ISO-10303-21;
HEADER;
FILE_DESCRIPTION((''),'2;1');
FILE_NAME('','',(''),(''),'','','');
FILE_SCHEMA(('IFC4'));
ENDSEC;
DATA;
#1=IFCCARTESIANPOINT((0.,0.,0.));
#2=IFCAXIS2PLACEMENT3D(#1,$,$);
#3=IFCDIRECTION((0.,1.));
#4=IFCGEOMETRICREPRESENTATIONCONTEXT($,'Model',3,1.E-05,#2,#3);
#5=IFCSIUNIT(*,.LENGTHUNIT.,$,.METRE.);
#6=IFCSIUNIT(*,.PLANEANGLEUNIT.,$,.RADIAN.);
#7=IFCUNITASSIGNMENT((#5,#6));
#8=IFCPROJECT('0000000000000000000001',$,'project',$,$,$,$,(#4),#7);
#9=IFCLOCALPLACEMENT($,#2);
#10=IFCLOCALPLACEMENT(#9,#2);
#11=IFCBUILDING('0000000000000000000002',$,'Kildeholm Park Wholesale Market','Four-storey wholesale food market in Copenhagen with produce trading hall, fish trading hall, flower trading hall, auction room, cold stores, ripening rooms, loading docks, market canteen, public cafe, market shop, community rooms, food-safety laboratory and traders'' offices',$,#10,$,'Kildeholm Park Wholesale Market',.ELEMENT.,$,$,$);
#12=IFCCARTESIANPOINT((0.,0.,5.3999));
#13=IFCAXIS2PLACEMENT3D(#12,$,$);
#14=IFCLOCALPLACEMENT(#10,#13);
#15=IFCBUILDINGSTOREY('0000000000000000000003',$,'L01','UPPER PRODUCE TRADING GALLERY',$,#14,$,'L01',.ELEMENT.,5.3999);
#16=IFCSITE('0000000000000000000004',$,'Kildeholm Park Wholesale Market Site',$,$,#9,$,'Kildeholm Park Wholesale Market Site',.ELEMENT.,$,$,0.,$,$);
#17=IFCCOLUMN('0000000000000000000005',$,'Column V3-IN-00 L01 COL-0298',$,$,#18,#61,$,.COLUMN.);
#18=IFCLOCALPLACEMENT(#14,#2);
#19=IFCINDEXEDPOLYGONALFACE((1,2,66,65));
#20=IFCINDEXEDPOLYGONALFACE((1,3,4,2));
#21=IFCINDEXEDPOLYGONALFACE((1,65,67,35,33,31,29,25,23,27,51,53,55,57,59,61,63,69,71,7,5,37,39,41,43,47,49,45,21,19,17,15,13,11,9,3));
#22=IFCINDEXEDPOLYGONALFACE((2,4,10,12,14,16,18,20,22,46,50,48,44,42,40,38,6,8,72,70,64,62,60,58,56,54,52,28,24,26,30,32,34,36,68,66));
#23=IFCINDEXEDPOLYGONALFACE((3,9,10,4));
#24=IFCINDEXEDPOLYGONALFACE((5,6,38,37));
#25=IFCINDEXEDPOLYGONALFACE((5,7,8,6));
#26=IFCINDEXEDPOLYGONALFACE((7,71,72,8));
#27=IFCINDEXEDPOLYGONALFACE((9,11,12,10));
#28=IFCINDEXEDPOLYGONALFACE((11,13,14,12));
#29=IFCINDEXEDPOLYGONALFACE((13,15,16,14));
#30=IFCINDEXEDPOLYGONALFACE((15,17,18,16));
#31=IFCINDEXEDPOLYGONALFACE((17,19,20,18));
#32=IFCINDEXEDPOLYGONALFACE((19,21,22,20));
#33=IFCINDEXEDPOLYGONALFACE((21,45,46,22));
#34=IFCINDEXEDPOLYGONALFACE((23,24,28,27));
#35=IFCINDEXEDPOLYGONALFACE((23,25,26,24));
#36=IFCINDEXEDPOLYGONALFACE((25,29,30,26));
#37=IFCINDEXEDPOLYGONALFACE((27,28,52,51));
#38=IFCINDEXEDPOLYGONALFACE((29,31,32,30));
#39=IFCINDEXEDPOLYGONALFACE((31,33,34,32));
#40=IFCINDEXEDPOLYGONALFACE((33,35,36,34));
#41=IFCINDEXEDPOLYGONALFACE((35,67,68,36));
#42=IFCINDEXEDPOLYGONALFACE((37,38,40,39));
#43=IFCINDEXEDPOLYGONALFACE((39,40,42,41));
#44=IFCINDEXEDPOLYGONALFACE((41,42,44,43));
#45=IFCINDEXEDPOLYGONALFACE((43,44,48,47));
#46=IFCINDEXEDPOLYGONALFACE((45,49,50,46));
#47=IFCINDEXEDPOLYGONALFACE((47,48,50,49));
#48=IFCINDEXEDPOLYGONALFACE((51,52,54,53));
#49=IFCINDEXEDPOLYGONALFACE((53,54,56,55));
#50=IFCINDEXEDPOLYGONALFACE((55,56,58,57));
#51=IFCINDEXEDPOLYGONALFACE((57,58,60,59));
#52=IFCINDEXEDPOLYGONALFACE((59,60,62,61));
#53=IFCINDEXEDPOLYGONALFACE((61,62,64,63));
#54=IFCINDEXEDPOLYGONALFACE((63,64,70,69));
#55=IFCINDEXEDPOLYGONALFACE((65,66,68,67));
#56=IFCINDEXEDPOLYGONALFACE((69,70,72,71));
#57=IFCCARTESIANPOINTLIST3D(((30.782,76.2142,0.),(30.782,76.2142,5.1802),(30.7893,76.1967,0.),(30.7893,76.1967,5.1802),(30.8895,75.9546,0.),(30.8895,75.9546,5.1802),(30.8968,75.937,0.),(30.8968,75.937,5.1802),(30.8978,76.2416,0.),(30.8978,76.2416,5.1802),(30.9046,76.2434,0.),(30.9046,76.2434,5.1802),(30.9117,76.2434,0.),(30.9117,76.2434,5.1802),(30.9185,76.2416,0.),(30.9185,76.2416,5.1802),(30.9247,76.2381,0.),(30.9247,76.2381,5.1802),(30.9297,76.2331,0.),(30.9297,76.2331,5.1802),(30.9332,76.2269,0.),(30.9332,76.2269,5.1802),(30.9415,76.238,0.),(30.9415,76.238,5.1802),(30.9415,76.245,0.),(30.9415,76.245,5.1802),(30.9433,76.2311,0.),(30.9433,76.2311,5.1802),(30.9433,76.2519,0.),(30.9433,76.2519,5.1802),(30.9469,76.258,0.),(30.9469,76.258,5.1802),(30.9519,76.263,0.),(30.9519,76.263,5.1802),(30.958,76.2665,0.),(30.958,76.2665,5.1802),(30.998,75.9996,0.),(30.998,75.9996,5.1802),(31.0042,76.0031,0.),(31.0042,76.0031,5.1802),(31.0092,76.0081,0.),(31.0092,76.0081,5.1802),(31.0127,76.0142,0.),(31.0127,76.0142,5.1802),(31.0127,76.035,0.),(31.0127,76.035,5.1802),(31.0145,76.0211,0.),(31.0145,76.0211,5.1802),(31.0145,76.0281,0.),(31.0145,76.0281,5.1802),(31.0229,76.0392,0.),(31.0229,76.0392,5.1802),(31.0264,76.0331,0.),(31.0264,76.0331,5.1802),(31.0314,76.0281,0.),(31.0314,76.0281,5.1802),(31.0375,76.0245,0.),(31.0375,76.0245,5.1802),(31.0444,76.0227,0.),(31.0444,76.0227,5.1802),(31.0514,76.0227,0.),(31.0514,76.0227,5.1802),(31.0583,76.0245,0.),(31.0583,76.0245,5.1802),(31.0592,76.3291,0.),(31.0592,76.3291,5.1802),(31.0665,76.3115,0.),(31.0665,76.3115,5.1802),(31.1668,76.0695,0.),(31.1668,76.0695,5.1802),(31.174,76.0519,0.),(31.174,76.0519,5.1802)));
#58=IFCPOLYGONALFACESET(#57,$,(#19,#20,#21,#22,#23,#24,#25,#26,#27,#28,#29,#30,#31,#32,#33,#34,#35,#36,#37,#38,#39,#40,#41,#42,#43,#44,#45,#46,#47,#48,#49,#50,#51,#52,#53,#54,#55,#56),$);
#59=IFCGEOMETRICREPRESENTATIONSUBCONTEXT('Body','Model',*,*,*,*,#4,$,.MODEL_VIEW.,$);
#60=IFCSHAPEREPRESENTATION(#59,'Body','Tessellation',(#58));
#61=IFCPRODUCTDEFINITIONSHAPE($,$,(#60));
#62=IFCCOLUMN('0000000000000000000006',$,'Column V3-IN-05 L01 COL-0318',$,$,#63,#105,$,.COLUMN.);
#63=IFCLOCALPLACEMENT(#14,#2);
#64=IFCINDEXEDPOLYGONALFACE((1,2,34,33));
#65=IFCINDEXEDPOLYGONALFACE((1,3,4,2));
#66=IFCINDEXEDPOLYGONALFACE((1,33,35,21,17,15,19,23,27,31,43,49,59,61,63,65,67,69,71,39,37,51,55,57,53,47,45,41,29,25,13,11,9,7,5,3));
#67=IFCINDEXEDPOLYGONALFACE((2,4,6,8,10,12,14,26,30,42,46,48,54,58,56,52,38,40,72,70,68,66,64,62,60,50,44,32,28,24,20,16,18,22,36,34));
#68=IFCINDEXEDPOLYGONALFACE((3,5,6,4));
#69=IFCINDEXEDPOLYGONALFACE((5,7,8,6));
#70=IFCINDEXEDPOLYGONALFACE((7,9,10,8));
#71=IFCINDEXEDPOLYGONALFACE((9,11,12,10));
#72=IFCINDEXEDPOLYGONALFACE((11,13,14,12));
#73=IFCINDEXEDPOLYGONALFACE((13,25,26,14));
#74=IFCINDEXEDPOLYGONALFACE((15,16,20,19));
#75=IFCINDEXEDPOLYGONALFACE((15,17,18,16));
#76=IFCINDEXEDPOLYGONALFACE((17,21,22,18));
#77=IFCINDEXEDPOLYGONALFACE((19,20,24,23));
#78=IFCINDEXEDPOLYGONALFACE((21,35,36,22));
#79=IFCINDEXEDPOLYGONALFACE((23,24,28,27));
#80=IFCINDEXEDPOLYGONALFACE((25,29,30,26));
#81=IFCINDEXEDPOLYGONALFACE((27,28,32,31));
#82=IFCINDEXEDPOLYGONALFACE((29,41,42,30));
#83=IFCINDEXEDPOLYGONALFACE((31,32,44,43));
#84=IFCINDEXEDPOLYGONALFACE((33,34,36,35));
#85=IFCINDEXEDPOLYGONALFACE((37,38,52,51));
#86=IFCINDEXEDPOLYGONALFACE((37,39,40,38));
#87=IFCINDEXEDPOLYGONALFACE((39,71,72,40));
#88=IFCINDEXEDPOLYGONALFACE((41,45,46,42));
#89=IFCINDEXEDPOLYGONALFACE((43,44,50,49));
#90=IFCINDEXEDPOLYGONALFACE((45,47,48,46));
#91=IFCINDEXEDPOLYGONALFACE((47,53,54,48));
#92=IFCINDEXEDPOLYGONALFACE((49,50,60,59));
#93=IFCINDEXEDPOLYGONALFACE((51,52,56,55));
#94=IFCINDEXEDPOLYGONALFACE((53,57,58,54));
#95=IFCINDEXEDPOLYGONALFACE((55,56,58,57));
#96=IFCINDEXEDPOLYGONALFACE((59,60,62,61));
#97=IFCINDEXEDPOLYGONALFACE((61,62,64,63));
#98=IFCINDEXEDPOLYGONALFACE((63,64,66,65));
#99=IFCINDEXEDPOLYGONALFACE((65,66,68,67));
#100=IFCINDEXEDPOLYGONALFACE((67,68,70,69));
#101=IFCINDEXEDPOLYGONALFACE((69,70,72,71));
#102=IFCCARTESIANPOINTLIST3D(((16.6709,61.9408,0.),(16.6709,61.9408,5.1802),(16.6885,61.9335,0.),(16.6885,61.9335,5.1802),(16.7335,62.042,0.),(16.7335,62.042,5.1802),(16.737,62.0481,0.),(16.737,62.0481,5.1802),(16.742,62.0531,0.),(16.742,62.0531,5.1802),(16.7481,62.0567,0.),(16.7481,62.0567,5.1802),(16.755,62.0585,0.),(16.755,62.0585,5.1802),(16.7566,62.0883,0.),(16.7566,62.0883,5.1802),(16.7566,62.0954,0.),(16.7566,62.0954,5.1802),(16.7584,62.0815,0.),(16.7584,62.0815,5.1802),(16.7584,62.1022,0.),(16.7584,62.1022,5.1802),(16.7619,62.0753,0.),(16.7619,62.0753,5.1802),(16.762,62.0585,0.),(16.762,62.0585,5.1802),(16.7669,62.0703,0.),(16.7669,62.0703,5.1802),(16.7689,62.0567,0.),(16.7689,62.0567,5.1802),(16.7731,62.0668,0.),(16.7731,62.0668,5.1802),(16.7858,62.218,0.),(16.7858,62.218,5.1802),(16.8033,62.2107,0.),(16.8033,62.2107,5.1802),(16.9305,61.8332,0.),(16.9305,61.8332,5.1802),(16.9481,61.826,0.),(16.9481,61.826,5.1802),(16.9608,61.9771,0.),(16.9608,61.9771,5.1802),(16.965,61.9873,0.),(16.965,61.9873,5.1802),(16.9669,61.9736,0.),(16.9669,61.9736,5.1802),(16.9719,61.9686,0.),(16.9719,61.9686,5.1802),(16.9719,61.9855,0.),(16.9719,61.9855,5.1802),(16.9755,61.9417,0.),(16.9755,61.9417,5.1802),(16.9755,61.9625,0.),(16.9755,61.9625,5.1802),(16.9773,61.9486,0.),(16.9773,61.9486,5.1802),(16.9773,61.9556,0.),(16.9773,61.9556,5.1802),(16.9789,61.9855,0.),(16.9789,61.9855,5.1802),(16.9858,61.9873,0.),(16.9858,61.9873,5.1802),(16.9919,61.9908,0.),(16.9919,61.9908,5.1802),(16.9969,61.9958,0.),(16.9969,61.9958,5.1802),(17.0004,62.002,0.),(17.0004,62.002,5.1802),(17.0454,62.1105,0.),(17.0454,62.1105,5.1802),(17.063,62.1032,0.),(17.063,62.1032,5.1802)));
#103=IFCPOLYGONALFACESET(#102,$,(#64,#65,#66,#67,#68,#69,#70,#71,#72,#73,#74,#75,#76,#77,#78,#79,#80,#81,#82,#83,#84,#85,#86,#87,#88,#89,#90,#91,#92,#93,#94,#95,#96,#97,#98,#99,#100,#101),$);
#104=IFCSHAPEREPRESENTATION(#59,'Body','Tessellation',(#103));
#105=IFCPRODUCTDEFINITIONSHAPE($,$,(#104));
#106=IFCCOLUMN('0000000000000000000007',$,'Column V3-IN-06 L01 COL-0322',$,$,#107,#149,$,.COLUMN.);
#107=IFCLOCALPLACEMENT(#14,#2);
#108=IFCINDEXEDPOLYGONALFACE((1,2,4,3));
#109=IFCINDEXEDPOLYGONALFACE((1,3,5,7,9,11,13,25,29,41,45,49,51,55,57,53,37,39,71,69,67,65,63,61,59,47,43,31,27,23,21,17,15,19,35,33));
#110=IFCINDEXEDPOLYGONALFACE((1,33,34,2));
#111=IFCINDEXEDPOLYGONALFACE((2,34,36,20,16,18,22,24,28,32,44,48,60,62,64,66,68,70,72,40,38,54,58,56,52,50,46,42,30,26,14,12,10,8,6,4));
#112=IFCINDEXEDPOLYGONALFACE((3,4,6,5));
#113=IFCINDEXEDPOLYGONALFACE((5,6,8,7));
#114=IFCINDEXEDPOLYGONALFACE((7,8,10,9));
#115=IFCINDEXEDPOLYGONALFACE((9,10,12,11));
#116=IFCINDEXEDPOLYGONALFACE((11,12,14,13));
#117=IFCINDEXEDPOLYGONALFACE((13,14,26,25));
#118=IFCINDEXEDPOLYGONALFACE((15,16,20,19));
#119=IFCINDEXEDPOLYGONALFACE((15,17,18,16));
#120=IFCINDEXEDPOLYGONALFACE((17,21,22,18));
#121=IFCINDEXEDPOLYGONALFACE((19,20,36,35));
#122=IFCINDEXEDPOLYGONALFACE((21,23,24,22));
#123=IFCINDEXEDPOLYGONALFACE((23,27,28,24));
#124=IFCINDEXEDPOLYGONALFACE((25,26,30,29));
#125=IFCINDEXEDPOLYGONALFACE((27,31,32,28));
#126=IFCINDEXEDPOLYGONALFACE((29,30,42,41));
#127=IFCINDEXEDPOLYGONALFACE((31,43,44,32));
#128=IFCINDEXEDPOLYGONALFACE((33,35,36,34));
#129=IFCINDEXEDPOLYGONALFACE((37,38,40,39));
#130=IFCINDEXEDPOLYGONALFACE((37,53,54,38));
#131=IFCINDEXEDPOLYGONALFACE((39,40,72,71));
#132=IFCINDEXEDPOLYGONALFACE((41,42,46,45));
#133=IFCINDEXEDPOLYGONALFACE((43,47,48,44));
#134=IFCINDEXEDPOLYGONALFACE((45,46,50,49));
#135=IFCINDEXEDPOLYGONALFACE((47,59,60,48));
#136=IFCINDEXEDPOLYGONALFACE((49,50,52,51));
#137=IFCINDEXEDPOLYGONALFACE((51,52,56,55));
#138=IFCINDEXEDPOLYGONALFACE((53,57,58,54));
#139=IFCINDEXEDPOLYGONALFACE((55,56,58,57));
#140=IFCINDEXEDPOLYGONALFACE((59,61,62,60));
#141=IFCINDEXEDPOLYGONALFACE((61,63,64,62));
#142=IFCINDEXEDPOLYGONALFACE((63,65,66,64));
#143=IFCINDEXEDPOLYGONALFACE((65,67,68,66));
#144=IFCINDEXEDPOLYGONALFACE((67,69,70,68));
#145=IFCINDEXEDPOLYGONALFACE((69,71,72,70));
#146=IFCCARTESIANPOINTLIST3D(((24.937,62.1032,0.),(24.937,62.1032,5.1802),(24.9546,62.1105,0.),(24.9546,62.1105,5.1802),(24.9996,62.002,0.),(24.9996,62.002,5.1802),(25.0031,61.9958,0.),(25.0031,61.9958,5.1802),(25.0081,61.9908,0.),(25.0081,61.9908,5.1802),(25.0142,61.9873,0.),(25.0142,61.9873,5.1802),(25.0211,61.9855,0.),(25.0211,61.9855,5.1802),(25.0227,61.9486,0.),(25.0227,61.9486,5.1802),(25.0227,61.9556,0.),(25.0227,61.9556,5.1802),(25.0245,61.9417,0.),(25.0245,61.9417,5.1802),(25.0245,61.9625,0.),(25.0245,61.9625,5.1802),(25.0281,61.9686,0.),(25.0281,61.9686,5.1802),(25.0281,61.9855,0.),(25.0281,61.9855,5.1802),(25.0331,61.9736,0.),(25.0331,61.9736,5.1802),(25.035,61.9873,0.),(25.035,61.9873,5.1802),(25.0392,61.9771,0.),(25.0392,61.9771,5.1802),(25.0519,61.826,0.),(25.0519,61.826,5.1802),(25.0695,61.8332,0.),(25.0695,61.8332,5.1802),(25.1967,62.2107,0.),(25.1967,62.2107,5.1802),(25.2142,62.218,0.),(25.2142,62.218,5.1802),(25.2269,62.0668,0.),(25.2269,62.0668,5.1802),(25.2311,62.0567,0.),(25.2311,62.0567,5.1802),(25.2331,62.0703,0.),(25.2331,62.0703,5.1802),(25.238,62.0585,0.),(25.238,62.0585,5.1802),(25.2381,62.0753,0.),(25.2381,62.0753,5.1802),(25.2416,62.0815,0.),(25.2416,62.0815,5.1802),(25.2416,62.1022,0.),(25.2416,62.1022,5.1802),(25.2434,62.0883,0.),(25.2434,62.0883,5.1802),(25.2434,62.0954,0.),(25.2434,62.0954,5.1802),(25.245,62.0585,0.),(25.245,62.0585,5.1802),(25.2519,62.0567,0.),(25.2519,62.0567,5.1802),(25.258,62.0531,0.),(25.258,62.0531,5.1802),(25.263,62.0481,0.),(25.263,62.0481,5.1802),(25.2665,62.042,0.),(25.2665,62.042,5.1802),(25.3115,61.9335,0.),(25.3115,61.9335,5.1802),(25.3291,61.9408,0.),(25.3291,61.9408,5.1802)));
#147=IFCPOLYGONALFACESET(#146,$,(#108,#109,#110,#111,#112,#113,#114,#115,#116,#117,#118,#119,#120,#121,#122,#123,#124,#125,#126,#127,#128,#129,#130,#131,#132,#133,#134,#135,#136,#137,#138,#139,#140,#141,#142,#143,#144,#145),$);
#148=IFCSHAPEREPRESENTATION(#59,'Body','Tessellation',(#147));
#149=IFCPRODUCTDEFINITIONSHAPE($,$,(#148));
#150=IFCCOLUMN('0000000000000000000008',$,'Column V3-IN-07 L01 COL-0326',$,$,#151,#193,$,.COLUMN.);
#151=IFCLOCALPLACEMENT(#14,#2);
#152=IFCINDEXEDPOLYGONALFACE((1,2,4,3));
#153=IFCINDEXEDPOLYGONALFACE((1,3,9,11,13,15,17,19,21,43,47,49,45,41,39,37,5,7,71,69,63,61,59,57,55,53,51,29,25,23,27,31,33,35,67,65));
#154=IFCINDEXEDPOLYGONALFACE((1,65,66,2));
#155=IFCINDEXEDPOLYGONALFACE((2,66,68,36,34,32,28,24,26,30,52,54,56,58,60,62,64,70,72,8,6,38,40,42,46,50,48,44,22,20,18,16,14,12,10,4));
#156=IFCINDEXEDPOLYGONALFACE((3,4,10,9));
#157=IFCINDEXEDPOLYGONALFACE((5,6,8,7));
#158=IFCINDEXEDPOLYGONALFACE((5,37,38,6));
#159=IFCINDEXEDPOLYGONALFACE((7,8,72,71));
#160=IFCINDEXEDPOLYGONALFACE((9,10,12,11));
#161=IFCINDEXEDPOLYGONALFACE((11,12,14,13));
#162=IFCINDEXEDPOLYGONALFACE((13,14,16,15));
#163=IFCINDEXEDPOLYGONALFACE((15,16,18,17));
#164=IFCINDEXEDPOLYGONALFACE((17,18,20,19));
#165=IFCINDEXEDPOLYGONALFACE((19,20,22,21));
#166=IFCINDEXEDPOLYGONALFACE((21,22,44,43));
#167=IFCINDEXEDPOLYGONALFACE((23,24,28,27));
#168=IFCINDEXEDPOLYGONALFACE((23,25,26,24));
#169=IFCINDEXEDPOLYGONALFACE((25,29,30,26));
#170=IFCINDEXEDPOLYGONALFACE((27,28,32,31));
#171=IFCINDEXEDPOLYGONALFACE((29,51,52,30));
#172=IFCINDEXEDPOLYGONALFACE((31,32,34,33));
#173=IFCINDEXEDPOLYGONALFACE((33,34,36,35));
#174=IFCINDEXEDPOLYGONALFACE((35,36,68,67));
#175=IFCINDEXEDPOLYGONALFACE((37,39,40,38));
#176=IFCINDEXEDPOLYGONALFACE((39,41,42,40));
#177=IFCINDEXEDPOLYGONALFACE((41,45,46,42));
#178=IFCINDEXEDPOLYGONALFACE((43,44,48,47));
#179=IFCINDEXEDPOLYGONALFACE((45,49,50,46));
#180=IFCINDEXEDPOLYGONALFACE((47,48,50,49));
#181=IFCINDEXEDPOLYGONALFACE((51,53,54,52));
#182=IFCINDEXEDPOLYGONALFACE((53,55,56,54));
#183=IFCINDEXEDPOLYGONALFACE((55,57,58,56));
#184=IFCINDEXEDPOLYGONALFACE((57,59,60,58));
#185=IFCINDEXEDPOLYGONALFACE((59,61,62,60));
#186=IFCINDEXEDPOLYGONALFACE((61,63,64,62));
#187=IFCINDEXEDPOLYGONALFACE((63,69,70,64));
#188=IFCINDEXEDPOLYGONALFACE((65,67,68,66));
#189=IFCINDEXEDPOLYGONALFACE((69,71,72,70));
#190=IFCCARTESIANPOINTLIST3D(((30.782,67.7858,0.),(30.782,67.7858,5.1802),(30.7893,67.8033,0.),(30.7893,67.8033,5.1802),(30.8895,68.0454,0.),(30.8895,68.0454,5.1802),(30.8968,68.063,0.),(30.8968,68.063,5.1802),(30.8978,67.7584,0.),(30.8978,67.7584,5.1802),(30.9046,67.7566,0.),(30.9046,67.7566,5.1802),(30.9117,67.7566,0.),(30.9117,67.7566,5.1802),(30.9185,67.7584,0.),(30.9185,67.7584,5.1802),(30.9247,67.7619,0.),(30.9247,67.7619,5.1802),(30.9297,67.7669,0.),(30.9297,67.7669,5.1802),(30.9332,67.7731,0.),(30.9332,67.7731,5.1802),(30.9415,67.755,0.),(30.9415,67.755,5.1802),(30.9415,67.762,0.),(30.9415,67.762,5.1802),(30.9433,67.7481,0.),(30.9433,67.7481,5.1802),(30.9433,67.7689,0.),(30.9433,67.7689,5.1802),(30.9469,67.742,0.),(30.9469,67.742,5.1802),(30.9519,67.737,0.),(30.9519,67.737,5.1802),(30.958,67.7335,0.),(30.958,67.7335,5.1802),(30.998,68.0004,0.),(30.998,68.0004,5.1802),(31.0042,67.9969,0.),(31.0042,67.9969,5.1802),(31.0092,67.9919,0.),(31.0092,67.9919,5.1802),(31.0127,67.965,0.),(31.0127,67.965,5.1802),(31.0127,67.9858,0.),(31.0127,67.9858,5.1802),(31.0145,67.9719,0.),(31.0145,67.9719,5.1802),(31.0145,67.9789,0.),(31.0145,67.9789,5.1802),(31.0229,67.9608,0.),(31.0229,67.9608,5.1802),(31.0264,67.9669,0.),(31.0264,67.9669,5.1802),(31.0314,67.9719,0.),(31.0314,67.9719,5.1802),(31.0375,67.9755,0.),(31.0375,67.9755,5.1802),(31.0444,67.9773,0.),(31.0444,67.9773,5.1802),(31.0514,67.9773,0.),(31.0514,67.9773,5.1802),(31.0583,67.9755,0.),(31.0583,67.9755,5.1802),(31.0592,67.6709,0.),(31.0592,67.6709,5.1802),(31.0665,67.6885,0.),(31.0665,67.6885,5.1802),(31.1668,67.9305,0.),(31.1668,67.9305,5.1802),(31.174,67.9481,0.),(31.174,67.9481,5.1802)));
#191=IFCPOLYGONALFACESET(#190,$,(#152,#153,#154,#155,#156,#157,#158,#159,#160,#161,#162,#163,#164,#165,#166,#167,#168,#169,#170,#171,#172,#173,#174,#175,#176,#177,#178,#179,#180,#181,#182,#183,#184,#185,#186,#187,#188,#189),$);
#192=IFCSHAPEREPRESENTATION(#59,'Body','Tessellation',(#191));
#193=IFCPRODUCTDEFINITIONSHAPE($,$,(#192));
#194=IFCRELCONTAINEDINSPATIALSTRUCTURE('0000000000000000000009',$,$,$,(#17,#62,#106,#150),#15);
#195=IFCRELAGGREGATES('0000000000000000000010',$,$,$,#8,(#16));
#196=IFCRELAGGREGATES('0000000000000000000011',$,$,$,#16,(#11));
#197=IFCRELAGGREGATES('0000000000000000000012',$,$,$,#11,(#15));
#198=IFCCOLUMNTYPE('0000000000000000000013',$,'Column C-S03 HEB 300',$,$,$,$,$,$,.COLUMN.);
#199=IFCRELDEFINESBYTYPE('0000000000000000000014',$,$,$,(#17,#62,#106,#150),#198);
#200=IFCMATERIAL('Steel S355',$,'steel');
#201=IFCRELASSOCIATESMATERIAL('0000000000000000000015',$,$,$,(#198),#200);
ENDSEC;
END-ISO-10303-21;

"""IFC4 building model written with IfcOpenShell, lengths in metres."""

from ifc_helpers import new_model, si_unit, direction, frame, origin, origin_2d, place, context, subcontext, project, spatial, i_section, extrude, material, material_profile, profile_set, type_object, element, save


model = new_model("IFC4")

# Units and contexts
model_context = context("Model", 3, precision=1e-05, world=origin(), true_north=direction((0.0, 1.0)))
body_context = subcontext(model_context, "Body", "Model", "MODEL_VIEW")
ifc_project = project(units=[si_unit("LENGTHUNIT", "METRE"), si_unit("PLANEANGLEUNIT", "RADIAN")], contexts=[model_context])

# Site, building, storey
site_placement = place(None, origin())
site = spatial("IfcSite", under=ifc_project, at=site_placement, Name="Kildeholm Park Wholesale Market Site", LongName="Kildeholm Park Wholesale Market Site", CompositionType="ELEMENT", RefElevation=0.0)
building_placement = place(site_placement, origin())
building = spatial("IfcBuilding", under=site, at=building_placement, Name="Kildeholm Park Wholesale Market", Description="Four-storey wholesale food market in Copenhagen with produce trading hall, fish trading hall, flower trading hall, auction room, cold stores, ripening rooms, loading docks, market canteen, public cafe, market shop, community rooms, food-safety laboratory and traders' offices", LongName="Kildeholm Park Wholesale Market", CompositionType="ELEMENT")
storey_placement = place(building_placement, frame((0.0, 0.0, 5.3999)))
storey = spatial("IfcBuildingStorey", under=building, at=storey_placement, Name="L01", Description="UPPER PRODUCE TRADING GALLERY", LongName="L01", CompositionType="ELEMENT", Elevation=5.3999)

# Columns
ifc_material_1 = material(Name="Steel S355", Category="steel")
ifc_material_profile_1 = material_profile(ifc_material_1, i_section(OverallWidth=0.3, OverallDepth=0.3, WebThickness=0.011, FlangeThickness=0.019, FilletRadius=0.0271, at=origin_2d()), Name="HEB 300")
ifc_profile_set_1 = profile_set([ifc_material_profile_1], Name="Steel S355")
column_type = type_object("IfcColumnType", Name="Column C-S03 HEB 300", PredefinedType="COLUMN", material=ifc_profile_set_1)
for number, where, z_axis, x_axis, name in (
    (1, (30.978, 76.1331, 0.0), (0.0, 0.0, 1.0), (0.92388, 0.382683, 0.0), "Column V3-IN-00 L01 COL-0298"),
    (2, (16.8669, 62.022, 0.0), (0.0, 0.0, 1.0), (-0.382683, -0.92388, 0.0), "Column V3-IN-05 L01 COL-0318"),
    (3, (25.1331, 62.022, 0.0), (0.0, 0.0, 1.0), (0.382683, -0.92388, 0.0), "Column V3-IN-06 L01 COL-0322"),
    (4, (30.978, 67.8669, 0.0), (0.0, 0.0, 1.0), (0.92388, -0.382683, 0.0), "Column V3-IN-07 L01 COL-0326"),
):
    element("IfcColumn", number, at=place(storey_placement, frame(where, z_axis=z_axis, x_axis=x_axis)), inside=storey, type_object=column_type, Name=name, PredefinedType="COLUMN", context=body_context, shape_type="SweptSolid", body=[
        extrude(i_section(OverallWidth=0.3, OverallDepth=0.3, WebThickness=0.011, FlangeThickness=0.019, FilletRadius=0.0271, at=origin_2d()), origin(), (0.0, 0.0, 1.0), 5.1802),
    ])

save(model, "model.ifc")
